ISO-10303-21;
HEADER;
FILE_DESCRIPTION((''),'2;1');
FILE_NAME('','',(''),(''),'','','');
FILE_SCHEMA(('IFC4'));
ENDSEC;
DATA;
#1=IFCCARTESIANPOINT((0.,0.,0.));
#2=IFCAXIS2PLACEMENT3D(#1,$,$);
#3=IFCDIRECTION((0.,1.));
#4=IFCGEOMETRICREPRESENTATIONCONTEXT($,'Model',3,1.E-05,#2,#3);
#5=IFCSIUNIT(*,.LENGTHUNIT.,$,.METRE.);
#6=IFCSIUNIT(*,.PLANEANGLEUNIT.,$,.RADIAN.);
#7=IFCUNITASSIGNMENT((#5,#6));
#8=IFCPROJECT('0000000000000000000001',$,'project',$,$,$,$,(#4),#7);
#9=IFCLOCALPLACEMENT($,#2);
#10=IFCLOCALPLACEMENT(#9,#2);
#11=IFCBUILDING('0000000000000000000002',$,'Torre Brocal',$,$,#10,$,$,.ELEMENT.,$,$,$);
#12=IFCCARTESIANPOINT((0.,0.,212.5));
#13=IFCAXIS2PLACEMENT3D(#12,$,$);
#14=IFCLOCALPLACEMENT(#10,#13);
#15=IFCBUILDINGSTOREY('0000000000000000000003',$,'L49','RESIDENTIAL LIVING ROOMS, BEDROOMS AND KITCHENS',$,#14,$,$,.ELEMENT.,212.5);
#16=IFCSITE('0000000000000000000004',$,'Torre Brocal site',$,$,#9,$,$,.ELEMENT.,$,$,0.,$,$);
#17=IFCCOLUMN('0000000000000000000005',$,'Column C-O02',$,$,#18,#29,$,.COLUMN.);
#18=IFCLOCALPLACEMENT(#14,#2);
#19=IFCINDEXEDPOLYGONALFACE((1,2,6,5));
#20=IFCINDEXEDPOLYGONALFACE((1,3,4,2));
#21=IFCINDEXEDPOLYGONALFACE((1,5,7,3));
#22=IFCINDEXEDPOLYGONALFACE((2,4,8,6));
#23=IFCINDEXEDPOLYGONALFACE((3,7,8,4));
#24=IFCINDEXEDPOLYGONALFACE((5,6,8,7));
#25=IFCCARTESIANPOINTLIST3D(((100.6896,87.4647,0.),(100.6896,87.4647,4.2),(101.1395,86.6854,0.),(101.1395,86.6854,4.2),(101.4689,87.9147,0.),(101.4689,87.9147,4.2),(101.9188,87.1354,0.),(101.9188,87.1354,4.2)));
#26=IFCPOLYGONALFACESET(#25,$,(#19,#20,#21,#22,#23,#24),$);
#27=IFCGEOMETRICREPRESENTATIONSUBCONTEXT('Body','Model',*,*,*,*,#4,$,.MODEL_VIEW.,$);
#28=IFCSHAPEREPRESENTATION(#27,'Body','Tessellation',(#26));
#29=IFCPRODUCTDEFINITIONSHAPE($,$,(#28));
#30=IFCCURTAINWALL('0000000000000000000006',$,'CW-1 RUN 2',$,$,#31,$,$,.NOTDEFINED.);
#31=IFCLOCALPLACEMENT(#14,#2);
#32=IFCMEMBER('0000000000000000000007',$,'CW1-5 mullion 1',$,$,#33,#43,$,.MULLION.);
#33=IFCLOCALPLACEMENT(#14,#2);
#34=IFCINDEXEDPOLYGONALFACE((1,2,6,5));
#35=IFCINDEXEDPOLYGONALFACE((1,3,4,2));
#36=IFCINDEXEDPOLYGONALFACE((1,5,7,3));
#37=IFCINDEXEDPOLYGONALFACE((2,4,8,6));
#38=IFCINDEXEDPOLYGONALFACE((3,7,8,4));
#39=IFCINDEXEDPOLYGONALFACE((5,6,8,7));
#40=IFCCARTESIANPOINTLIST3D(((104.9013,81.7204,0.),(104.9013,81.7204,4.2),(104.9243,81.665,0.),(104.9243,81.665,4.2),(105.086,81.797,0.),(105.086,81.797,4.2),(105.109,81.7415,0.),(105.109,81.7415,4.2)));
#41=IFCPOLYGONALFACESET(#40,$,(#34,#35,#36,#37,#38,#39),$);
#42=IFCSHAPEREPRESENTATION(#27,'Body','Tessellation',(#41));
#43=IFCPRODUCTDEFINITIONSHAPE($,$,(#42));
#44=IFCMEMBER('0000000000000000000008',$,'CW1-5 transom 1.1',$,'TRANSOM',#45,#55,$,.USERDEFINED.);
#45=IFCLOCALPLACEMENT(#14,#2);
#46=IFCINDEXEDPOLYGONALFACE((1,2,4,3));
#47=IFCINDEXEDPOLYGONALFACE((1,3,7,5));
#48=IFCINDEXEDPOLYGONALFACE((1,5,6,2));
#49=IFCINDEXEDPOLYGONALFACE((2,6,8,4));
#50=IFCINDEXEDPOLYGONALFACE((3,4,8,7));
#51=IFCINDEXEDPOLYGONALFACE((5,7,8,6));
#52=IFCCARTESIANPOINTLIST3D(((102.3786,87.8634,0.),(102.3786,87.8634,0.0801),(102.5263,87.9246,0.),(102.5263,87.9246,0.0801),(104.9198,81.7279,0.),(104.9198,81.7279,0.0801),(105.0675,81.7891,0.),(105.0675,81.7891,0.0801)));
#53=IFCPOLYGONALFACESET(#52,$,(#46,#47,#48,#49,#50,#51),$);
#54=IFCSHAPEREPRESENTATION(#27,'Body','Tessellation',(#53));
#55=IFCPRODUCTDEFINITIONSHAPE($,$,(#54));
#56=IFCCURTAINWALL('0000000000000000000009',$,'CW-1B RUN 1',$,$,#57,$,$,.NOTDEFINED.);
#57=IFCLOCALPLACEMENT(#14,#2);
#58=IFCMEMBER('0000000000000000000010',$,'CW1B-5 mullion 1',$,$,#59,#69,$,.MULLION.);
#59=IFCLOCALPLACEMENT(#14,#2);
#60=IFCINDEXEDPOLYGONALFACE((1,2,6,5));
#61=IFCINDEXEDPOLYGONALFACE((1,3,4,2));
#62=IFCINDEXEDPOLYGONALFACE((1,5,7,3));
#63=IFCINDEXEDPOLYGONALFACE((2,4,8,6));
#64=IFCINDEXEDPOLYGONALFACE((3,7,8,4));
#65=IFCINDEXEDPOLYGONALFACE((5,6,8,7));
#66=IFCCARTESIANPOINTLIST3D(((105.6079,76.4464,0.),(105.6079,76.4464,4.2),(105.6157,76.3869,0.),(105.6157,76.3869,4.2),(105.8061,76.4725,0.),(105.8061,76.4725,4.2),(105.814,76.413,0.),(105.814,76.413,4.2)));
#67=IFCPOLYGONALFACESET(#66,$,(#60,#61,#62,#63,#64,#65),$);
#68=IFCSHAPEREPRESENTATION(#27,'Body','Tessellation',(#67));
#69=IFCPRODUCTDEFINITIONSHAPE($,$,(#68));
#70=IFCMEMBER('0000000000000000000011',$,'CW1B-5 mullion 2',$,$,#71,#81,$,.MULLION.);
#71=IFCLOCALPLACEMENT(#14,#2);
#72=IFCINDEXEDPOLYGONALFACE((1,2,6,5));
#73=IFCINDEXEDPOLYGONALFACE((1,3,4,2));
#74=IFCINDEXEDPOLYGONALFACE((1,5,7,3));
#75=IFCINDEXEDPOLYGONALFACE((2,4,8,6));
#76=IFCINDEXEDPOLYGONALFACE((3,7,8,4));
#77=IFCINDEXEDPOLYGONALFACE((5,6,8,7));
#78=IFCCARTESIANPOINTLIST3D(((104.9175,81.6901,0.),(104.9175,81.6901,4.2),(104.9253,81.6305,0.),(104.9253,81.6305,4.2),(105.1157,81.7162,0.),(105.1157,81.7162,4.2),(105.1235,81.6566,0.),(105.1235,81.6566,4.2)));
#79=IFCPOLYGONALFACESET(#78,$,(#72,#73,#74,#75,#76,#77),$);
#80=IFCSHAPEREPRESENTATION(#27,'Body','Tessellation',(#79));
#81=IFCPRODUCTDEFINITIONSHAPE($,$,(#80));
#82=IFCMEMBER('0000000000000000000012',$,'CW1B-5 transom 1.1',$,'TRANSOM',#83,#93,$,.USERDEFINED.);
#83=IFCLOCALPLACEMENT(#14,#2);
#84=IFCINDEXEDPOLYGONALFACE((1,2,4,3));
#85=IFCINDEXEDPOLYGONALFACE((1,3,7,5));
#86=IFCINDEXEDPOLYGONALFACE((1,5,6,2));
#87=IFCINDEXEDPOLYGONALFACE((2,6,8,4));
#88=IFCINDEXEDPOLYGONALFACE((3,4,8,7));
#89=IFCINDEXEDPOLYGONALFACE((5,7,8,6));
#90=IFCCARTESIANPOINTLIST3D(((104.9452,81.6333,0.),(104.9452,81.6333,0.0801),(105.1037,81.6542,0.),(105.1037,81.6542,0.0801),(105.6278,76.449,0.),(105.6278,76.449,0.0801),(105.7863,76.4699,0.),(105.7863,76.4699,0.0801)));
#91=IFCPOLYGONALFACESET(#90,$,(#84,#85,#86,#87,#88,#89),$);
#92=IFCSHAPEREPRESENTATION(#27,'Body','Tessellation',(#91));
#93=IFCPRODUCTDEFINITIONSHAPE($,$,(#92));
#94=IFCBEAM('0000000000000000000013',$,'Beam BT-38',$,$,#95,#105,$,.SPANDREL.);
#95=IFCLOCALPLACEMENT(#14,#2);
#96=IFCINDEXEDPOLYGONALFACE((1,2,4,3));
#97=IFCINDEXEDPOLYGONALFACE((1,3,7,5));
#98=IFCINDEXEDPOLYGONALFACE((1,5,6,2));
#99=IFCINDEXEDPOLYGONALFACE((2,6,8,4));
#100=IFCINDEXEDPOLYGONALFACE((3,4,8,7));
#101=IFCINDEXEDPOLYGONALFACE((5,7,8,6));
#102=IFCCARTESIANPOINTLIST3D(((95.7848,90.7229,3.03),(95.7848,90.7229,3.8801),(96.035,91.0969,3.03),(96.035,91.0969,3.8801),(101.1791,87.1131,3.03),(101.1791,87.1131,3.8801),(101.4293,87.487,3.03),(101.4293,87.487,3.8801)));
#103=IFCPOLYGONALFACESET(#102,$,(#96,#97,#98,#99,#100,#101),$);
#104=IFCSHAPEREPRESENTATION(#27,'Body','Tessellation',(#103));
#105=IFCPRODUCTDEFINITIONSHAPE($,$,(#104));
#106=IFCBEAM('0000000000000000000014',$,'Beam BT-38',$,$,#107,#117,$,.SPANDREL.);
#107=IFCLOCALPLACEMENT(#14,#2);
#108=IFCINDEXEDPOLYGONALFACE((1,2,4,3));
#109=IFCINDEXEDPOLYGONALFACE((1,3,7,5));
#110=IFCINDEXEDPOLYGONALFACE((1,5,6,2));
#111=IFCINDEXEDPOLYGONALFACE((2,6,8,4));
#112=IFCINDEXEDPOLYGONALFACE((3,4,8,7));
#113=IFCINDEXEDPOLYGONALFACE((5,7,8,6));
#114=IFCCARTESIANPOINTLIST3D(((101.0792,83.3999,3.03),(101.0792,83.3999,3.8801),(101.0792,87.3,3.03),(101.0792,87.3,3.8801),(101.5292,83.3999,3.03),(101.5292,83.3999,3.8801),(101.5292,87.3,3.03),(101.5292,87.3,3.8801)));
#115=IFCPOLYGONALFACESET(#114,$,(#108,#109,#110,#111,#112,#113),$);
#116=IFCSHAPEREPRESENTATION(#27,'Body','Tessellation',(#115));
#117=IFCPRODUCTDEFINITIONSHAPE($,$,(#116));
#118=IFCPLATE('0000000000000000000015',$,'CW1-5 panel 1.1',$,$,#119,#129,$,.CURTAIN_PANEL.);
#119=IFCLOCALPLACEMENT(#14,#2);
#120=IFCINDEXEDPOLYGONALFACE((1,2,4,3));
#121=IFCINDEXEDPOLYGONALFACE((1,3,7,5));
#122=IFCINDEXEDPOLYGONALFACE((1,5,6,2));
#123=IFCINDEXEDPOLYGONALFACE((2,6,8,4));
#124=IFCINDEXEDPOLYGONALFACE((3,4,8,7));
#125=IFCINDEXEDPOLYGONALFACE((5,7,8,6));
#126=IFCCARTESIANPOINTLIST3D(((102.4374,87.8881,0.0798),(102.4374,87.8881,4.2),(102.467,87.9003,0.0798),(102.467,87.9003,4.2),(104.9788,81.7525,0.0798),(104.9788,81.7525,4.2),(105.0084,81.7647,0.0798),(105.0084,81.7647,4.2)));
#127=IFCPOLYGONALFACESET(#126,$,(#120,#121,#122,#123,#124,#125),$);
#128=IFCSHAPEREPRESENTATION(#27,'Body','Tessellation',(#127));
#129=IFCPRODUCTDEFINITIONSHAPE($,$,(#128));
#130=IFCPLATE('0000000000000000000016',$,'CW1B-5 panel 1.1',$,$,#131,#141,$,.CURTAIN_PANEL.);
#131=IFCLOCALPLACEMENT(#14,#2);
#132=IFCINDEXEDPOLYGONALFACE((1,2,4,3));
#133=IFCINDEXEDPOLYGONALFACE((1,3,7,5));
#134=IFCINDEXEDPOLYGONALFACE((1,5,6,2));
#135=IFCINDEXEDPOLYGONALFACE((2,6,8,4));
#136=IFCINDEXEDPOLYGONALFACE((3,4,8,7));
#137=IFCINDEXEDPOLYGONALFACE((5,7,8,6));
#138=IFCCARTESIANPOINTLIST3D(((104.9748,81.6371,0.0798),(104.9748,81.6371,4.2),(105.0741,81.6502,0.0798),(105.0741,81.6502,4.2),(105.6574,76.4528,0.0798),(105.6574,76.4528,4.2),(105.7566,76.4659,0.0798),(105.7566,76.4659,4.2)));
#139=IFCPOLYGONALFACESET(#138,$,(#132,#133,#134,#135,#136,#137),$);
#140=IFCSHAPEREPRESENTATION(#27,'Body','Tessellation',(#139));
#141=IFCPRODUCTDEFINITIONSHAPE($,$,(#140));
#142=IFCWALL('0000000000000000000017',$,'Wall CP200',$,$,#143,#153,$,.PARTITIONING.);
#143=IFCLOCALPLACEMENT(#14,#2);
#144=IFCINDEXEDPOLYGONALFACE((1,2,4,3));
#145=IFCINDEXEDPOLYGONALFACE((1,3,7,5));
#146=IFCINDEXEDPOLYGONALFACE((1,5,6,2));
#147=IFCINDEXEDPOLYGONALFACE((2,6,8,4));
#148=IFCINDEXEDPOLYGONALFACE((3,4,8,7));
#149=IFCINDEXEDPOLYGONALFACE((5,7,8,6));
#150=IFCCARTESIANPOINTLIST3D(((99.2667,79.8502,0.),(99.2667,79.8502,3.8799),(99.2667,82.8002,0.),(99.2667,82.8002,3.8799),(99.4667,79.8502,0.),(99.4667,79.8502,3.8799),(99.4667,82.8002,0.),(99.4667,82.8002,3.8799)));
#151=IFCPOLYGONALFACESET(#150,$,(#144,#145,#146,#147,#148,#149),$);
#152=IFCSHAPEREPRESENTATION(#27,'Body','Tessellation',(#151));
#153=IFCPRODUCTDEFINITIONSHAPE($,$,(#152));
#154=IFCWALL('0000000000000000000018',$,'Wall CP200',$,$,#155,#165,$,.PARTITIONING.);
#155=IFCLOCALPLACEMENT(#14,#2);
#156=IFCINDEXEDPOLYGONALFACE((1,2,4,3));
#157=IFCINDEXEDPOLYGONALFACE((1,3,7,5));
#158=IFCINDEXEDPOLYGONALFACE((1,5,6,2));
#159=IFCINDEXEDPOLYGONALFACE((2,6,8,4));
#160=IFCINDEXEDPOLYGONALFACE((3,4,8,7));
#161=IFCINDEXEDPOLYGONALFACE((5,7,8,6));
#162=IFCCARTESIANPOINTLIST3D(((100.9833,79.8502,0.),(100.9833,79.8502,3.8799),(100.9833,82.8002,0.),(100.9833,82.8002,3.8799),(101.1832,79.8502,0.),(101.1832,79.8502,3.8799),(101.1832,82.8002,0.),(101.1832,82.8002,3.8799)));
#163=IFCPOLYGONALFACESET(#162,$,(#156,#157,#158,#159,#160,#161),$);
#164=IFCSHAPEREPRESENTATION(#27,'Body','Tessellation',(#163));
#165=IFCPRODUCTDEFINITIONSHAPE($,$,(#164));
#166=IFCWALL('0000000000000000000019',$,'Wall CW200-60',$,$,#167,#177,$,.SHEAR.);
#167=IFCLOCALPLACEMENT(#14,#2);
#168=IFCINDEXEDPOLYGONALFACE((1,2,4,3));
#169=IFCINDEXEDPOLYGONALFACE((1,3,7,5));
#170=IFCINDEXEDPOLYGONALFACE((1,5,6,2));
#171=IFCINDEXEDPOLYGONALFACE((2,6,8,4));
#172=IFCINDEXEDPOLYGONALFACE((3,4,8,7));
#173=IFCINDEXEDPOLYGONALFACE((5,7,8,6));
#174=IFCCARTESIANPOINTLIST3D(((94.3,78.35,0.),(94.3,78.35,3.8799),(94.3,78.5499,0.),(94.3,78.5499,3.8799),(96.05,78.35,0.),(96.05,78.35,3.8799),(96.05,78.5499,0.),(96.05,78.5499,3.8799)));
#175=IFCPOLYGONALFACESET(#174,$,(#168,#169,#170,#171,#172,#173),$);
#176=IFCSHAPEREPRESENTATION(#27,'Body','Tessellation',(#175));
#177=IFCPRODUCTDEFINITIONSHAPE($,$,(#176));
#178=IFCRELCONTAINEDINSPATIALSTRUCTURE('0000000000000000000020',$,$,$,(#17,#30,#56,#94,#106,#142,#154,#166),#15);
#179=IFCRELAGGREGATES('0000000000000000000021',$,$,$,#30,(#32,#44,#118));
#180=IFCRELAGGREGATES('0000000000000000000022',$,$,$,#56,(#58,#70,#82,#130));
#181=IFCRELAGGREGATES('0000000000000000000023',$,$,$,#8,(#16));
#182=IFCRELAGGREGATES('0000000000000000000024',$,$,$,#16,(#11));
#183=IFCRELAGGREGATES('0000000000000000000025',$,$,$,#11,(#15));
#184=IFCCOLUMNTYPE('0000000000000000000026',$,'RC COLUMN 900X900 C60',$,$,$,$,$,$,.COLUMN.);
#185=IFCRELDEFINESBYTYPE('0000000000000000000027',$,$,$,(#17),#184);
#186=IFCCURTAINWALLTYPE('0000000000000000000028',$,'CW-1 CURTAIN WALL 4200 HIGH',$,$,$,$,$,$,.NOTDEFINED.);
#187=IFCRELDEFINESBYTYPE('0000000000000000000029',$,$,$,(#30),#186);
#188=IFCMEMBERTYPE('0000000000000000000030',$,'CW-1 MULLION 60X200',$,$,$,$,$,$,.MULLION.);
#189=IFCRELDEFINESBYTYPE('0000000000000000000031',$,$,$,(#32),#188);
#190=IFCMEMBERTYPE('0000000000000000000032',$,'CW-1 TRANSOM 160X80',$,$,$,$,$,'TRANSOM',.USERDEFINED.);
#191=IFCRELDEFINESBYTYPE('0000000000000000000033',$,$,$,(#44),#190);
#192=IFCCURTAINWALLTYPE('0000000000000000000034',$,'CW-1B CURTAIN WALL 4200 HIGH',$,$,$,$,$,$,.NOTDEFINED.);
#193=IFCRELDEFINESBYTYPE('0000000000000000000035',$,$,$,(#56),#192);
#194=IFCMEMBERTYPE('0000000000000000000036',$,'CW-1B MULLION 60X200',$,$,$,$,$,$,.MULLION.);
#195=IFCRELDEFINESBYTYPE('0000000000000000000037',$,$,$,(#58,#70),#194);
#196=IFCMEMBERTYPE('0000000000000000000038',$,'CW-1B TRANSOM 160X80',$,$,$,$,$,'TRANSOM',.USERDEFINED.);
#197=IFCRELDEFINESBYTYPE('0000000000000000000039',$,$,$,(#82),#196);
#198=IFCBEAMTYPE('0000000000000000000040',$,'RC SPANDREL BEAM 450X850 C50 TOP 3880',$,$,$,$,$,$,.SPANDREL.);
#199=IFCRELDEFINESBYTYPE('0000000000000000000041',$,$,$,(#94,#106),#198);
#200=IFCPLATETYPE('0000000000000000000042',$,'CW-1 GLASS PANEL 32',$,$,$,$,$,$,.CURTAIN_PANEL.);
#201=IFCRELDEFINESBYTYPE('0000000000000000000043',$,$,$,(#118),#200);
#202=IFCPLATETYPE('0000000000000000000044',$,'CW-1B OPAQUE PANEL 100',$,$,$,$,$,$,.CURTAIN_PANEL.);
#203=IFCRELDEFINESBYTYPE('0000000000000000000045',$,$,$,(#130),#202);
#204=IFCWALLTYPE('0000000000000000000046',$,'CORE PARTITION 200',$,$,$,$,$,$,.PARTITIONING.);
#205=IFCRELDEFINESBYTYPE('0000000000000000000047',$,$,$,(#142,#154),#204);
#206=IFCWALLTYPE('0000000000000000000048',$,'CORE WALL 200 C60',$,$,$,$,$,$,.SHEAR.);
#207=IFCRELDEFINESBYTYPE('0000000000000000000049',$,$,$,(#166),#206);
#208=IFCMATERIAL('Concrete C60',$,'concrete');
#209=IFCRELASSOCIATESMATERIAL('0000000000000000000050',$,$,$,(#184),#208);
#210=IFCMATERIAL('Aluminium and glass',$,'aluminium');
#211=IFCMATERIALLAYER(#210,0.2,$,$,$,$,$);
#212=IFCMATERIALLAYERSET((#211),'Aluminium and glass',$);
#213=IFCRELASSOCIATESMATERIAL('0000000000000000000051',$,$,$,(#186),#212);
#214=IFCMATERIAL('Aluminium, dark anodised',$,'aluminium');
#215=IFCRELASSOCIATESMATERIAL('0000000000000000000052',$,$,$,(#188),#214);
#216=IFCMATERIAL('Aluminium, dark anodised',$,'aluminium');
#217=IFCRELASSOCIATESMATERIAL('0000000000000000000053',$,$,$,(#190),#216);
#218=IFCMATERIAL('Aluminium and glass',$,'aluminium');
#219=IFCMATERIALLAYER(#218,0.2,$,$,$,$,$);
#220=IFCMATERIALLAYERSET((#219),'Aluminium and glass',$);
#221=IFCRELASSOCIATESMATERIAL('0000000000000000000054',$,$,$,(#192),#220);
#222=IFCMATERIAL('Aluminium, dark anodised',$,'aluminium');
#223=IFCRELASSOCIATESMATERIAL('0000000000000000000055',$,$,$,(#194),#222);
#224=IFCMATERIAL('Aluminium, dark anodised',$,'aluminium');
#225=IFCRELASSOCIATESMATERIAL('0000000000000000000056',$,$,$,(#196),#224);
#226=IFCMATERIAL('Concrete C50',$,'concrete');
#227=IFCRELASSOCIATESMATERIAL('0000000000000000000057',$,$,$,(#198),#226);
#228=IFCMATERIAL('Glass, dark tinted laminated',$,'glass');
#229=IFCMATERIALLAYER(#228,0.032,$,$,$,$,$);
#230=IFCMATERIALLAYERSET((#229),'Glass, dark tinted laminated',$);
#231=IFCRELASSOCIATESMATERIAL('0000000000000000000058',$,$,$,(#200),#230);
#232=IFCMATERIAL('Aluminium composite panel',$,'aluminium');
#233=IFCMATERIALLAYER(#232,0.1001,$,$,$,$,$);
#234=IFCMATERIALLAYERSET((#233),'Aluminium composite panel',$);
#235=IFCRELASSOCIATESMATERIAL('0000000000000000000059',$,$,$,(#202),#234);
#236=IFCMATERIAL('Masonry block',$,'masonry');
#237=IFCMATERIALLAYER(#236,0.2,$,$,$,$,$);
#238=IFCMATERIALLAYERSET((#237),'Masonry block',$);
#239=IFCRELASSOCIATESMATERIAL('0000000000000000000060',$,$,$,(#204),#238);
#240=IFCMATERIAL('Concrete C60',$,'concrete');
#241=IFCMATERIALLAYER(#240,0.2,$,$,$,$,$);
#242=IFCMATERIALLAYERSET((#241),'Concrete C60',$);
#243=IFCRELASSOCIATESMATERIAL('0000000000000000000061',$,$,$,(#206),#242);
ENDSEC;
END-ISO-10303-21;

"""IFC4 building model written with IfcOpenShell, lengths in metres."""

from ifc_helpers import new_model, si_unit, direction, frame, frame_2d, origin, origin_2d, place, context, subcontext, project, spatial, rectangle, extrude, material, layer, layer_set, material_profile, profile_set, type_object, element, aggregate, save


model = new_model("IFC4")

# Units and contexts
model_context = context("Model", 3, precision=1e-05, world=origin(), true_north=direction((0.0, 1.0)))
body_context = subcontext(model_context, "Body", "Model", "MODEL_VIEW")
ifc_project = project(units=[si_unit("LENGTHUNIT", "METRE"), si_unit("PLANEANGLEUNIT", "RADIAN")], contexts=[model_context])

# Site, building, storey
site_placement = place(None, origin())
site = spatial("IfcSite", under=ifc_project, at=site_placement, Name="Torre Brocal site", CompositionType="ELEMENT", RefElevation=0.0)
building_placement = place(site_placement, origin())
building = spatial("IfcBuilding", under=site, at=building_placement, Name="Torre Brocal", CompositionType="ELEMENT")
storey_placement = place(building_placement, frame((0.0, 0.0, 212.5)))
storey = spatial("IfcBuildingStorey", under=building, at=storey_placement, Name="L49", Description="RESIDENTIAL LIVING ROOMS, BEDROOMS AND KITCHENS", CompositionType="ELEMENT", Elevation=212.5)

# Column
ifc_material_1 = material(Name="Concrete C60", Category="concrete")
ifc_material_profile_1 = material_profile(ifc_material_1, rectangle(XDim=0.8999, YDim=0.8999, at=origin_2d()), Name="RC 900X900")
ifc_profile_set_1 = profile_set([ifc_material_profile_1], Name="Concrete C60")
column_type = type_object("IfcColumnType", Name="RC COLUMN 900X900 C60", PredefinedType="COLUMN", material=ifc_profile_set_1)
column_placement = place(storey_placement, frame((101.3042, 87.3, 0.0), z_axis=(0.0, 0.0, 1.0), x_axis=(0.866025, 0.5, 0.0)))
element("IfcColumn", 1, at=column_placement, inside=storey, type_object=column_type, Name="Column C-O02", PredefinedType="COLUMN", context=body_context, shape_type="SweptSolid", body=[
    extrude(rectangle(XDim=0.8999, YDim=0.8999, at=origin_2d()), origin(), (0.0, 0.0, 1.0), 4.2),
])

# Curtain walls, members
ifc_material_2 = material(Name="Aluminium and glass", Category="aluminium")
ifc_layer_1 = layer(ifc_material_2, 0.2)
ifc_layer_set_1 = layer_set([ifc_layer_1], Name="Aluminium and glass")
curtain_wall_type_1 = type_object("IfcCurtainWallType", Name="CW-1 CURTAIN WALL 4200 HIGH", PredefinedType="NOTDEFINED", material=ifc_layer_set_1)
curtain_wall_1_placement = place(storey_placement, origin())
curtain_wall_1 = element("IfcCurtainWall", 2, at=curtain_wall_1_placement, inside=storey, type_object=curtain_wall_type_1, Name="CW-1 RUN 2", PredefinedType="NOTDEFINED")
ifc_material_3 = material(Name="Aluminium, dark anodised", Category="aluminium")
ifc_material_profile_2 = material_profile(ifc_material_3, rectangle(XDim=0.2, YDim=0.0601, at=origin_2d()), Name="CW-1 MULLION 60X200")
ifc_profile_set_2 = profile_set([ifc_material_profile_2], Name="Aluminium, dark anodised")
member_type_1 = type_object("IfcMemberType", Name="CW-1 MULLION 60X200", PredefinedType="MULLION", material=ifc_profile_set_2)
member_1_placement = place(storey_placement, frame((105.0051, 81.731, 0.0), z_axis=(0.0, 0.0, 1.0), x_axis=(-0.92388, -0.382683, 0.0)))
member_1 = element("IfcMember", 3, at=member_1_placement, type_object=member_type_1, Name="CW1-5 mullion 1", PredefinedType="MULLION", context=body_context, shape_type="SweptSolid", body=[
    extrude(rectangle(XDim=0.2, YDim=0.0601, at=origin_2d()), origin(), (0.0, 0.0, 1.0), 4.2),
])
ifc_material_4 = material(Name="Aluminium, dark anodised", Category="aluminium")
ifc_material_profile_3 = material_profile(ifc_material_4, rectangle(XDim=0.1599, YDim=0.0801, at=origin_2d()), Name="CW-1 TRANSOM 160X80")
ifc_profile_set_3 = profile_set([ifc_material_profile_3], Name="Aluminium, dark anodised")
member_type_2 = type_object("IfcMemberType", Name="CW-1 TRANSOM 160X80", ElementType="TRANSOM", PredefinedType="USERDEFINED", material=ifc_profile_set_3)
member_2_placement = place(storey_placement, frame((104.9937, 81.7585, 0.04), z_axis=(-0.382665, 0.923887, 0.0), x_axis=(-0.923887, -0.382665, 0.0)))
member_2 = element("IfcMember", 4, at=member_2_placement, type_object=member_type_2, Name="CW1-5 transom 1.1", ObjectType="TRANSOM", PredefinedType="USERDEFINED", context=body_context, shape_type="SweptSolid", body=[
    extrude(rectangle(XDim=0.1599, YDim=0.0801, at=origin_2d()), origin(), (0.0, 0.0, 1.0), 6.6409),
])
ifc_material_5 = material(Name="Aluminium and glass", Category="aluminium")
ifc_layer_2 = layer(ifc_material_5, 0.2)
ifc_layer_set_2 = layer_set([ifc_layer_2], Name="Aluminium and glass")
curtain_wall_type_2 = type_object("IfcCurtainWallType", Name="CW-1B CURTAIN WALL 4200 HIGH", PredefinedType="NOTDEFINED", material=ifc_layer_set_2)
curtain_wall_2_placement = place(storey_placement, origin())
curtain_wall_2 = element("IfcCurtainWall", 5, at=curtain_wall_2_placement, inside=storey, type_object=curtain_wall_type_2, Name="CW-1B RUN 1", PredefinedType="NOTDEFINED")
ifc_material_6 = material(Name="Aluminium, dark anodised", Category="aluminium")
ifc_material_profile_4 = material_profile(ifc_material_6, rectangle(XDim=0.2, YDim=0.0601, at=origin_2d()), Name="CW-1B MULLION 60X200")
ifc_profile_set_4 = profile_set([ifc_material_profile_4], Name="Aluminium, dark anodised")
member_type_3 = type_object("IfcMemberType", Name="CW-1B MULLION 60X200", PredefinedType="MULLION", material=ifc_profile_set_4)
member_3_placement = place(storey_placement, frame((105.7109, 76.4297, 0.0), z_axis=(0.0, 0.0, 1.0), x_axis=(-0.991445, -0.130526, 0.0)))
member_3 = element("IfcMember", 6, at=member_3_placement, type_object=member_type_3, Name="CW1B-5 mullion 1", PredefinedType="MULLION", context=body_context, shape_type="SweptSolid", body=[
    extrude(rectangle(XDim=0.2, YDim=0.0601, at=origin_2d()), origin(), (0.0, 0.0, 1.0), 4.2),
])
member_4_placement = place(storey_placement, frame((105.0205, 81.6733, 0.0), z_axis=(0.0, 0.0, 1.0), x_axis=(-0.991445, -0.130526, 0.0)))
member_4 = element("IfcMember", 7, at=member_4_placement, type_object=member_type_3, Name="CW1B-5 mullion 2", PredefinedType="MULLION", context=body_context, shape_type="SweptSolid", body=[
    extrude(rectangle(XDim=0.2, YDim=0.0601, at=origin_2d()), origin(), (0.0, 0.0, 1.0), 4.2),
])
ifc_material_7 = material(Name="Aluminium, dark anodised", Category="aluminium")
ifc_material_profile_5 = material_profile(ifc_material_7, rectangle(XDim=0.1599, YDim=0.0801, at=origin_2d()), Name="CW-1B TRANSOM 160X80")
ifc_profile_set_5 = profile_set([ifc_material_profile_5], Name="Aluminium, dark anodised")
member_type_4 = type_object("IfcMemberType", Name="CW-1B TRANSOM 160X80", ElementType="TRANSOM", PredefinedType="USERDEFINED", material=ifc_profile_set_5)
member_5_placement = place(storey_placement, frame((105.707, 76.4595, 0.04), z_axis=(-0.130543, 0.991443, 0.0), x_axis=(-0.991443, -0.130543, 0.0)))
member_5 = element("IfcMember", 8, at=member_5_placement, type_object=member_type_4, Name="CW1B-5 transom 1.1", ObjectType="TRANSOM", PredefinedType="USERDEFINED", context=body_context, shape_type="SweptSolid", body=[
    extrude(rectangle(XDim=0.1599, YDim=0.0801, at=origin_2d()), origin(), (0.0, 0.0, 1.0), 5.229),
])

# Beams
ifc_material_8 = material(Name="Concrete C50", Category="concrete")
ifc_material_profile_6 = material_profile(ifc_material_8, rectangle(XDim=0.45, YDim=0.8501, at=origin_2d()), Name="RC 450X850")
ifc_profile_set_6 = profile_set([ifc_material_profile_6], Name="Concrete C50")
beam_type = type_object("IfcBeamType", Name="RC SPANDREL BEAM 450X850 C50 TOP 3880", PredefinedType="SPANDREL", material=ifc_profile_set_6)
beam_1_placement = place(storey_placement, frame((101.3042, 87.3, 3.4551), z_axis=(-0.831077, 0.556158, 0.0), x_axis=(-0.556158, -0.831077, 0.0)))
element("IfcBeam", 9, at=beam_1_placement, inside=storey, type_object=beam_type, Name="Beam BT-38", PredefinedType="SPANDREL", context=body_context, shape_type="SweptSolid", body=[
    extrude(rectangle(XDim=0.45, YDim=0.8501, at=origin_2d()), origin(), (0.0, 0.0, 1.0), 6.4907),
])
beam_2_placement = place(storey_placement, frame((101.3042, 87.3, 3.4551), z_axis=(0.0, -1.0, 0.0), x_axis=(1.0, 0.0, 0.0)))
element("IfcBeam", 10, at=beam_2_placement, inside=storey, type_object=beam_type, Name="Beam BT-38", PredefinedType="SPANDREL", context=body_context, shape_type="SweptSolid", body=[
    extrude(rectangle(XDim=0.45, YDim=0.8501, at=origin_2d()), origin(), (0.0, 0.0, 1.0), 3.9001),
])

# Plates
ifc_material_9 = material(Name="Glass, dark tinted laminated", Category="glass")
ifc_layer_3 = layer(ifc_material_9, 0.032)
ifc_layer_set_3 = layer_set([ifc_layer_3], Name="Glass, dark tinted laminated")
plate_type_1 = type_object("IfcPlateType", Name="CW-1 GLASS PANEL 32", PredefinedType="CURTAIN_PANEL", material=ifc_layer_set_3)
plate_1_placement = place(storey_placement, frame((103.7229, 84.8264, 0.0798), z_axis=(0.0, 0.0, 1.0), x_axis=(-0.382683, 0.92388, 0.0)))
plate_1 = element("IfcPlate", 11, at=plate_1_placement, type_object=plate_type_1, Name="CW1-5 panel 1.1", PredefinedType="CURTAIN_PANEL", context=body_context, shape_type="SweptSolid", body=[
    extrude(rectangle(XDim=6.6411, YDim=0.032, at=origin_2d()), origin(), (0.0, 0.0, 1.0), 4.1201),
])
aggregate(curtain_wall_1, [member_1, member_2, plate_1])
ifc_material_10 = material(Name="Aluminium composite panel", Category="aluminium")
ifc_layer_4 = layer(ifc_material_10, 0.1001)
ifc_layer_set_4 = layer_set([ifc_layer_4], Name="Aluminium composite panel")
plate_type_2 = type_object("IfcPlateType", Name="CW-1B OPAQUE PANEL 100", PredefinedType="CURTAIN_PANEL", material=ifc_layer_set_4)
plate_2_placement = place(storey_placement, frame((105.3657, 79.0515, 0.0798), z_axis=(0.0, 0.0, 1.0), x_axis=(-0.130526, 0.991445, 0.0)))
plate_2 = element("IfcPlate", 12, at=plate_2_placement, type_object=plate_type_2, Name="CW1B-5 panel 1.1", PredefinedType="CURTAIN_PANEL", context=body_context, shape_type="SweptSolid", body=[
    extrude(rectangle(XDim=5.229, YDim=0.1001, at=origin_2d()), origin(), (0.0, 0.0, 1.0), 4.1201),
])
aggregate(curtain_wall_2, [member_3, member_4, member_5, plate_2])

# Walls
ifc_material_11 = material(Name="Masonry block", Category="masonry")
ifc_layer_5 = layer(ifc_material_11, 0.2)
ifc_layer_set_5 = layer_set([ifc_layer_5], Name="Masonry block")
wall_type_1 = type_object("IfcWallType", Name="CORE PARTITION 200", PredefinedType="PARTITIONING", material=ifc_layer_set_5)
for number, where, z_axis, x_axis, name in (
    (13, (99.3667, 79.8501, 0.0), (0.0, 0.0, 1.0), (0.0, 1.0, 0.0), "Wall CP200"),
    (14, (101.0833, 79.8501, 0.0), (0.0, 0.0, 1.0), (0.0, 1.0, 0.0), "Wall CP200"),
):
    element("IfcWall", number, at=place(storey_placement, frame(where, z_axis=z_axis, x_axis=x_axis)), inside=storey, type_object=wall_type_1, Name=name, PredefinedType="PARTITIONING", context=body_context, shape_type="SweptSolid", body=[
        extrude(rectangle(XDim=2.95, YDim=0.2, at=frame_2d((1.4751, 0.0))), origin(), (0.0, 0.0, 1.0), 3.8799),
    ])
ifc_material_12 = material(Name="Concrete C60", Category="concrete")
ifc_layer_6 = layer(ifc_material_12, 0.2)
ifc_layer_set_6 = layer_set([ifc_layer_6], Name="Concrete C60")
wall_type_2 = type_object("IfcWallType", Name="CORE WALL 200 C60", PredefinedType="SHEAR", material=ifc_layer_set_6)
wall_1_placement = place(storey_placement, frame((94.3, 78.45, 0.0), z_axis=(0.0, 0.0, 1.0), x_axis=(1.0, 0.0, 0.0)))
element("IfcWall", 15, at=wall_1_placement, inside=storey, type_object=wall_type_2, Name="Wall CW200-60", PredefinedType="SHEAR", context=body_context, shape_type="SweptSolid", body=[
    extrude(rectangle(XDim=1.75, YDim=0.2, at=frame_2d((0.875, 0.0))), origin(), (0.0, 0.0, 1.0), 3.8799),
])

save(model, "model.ifc")
